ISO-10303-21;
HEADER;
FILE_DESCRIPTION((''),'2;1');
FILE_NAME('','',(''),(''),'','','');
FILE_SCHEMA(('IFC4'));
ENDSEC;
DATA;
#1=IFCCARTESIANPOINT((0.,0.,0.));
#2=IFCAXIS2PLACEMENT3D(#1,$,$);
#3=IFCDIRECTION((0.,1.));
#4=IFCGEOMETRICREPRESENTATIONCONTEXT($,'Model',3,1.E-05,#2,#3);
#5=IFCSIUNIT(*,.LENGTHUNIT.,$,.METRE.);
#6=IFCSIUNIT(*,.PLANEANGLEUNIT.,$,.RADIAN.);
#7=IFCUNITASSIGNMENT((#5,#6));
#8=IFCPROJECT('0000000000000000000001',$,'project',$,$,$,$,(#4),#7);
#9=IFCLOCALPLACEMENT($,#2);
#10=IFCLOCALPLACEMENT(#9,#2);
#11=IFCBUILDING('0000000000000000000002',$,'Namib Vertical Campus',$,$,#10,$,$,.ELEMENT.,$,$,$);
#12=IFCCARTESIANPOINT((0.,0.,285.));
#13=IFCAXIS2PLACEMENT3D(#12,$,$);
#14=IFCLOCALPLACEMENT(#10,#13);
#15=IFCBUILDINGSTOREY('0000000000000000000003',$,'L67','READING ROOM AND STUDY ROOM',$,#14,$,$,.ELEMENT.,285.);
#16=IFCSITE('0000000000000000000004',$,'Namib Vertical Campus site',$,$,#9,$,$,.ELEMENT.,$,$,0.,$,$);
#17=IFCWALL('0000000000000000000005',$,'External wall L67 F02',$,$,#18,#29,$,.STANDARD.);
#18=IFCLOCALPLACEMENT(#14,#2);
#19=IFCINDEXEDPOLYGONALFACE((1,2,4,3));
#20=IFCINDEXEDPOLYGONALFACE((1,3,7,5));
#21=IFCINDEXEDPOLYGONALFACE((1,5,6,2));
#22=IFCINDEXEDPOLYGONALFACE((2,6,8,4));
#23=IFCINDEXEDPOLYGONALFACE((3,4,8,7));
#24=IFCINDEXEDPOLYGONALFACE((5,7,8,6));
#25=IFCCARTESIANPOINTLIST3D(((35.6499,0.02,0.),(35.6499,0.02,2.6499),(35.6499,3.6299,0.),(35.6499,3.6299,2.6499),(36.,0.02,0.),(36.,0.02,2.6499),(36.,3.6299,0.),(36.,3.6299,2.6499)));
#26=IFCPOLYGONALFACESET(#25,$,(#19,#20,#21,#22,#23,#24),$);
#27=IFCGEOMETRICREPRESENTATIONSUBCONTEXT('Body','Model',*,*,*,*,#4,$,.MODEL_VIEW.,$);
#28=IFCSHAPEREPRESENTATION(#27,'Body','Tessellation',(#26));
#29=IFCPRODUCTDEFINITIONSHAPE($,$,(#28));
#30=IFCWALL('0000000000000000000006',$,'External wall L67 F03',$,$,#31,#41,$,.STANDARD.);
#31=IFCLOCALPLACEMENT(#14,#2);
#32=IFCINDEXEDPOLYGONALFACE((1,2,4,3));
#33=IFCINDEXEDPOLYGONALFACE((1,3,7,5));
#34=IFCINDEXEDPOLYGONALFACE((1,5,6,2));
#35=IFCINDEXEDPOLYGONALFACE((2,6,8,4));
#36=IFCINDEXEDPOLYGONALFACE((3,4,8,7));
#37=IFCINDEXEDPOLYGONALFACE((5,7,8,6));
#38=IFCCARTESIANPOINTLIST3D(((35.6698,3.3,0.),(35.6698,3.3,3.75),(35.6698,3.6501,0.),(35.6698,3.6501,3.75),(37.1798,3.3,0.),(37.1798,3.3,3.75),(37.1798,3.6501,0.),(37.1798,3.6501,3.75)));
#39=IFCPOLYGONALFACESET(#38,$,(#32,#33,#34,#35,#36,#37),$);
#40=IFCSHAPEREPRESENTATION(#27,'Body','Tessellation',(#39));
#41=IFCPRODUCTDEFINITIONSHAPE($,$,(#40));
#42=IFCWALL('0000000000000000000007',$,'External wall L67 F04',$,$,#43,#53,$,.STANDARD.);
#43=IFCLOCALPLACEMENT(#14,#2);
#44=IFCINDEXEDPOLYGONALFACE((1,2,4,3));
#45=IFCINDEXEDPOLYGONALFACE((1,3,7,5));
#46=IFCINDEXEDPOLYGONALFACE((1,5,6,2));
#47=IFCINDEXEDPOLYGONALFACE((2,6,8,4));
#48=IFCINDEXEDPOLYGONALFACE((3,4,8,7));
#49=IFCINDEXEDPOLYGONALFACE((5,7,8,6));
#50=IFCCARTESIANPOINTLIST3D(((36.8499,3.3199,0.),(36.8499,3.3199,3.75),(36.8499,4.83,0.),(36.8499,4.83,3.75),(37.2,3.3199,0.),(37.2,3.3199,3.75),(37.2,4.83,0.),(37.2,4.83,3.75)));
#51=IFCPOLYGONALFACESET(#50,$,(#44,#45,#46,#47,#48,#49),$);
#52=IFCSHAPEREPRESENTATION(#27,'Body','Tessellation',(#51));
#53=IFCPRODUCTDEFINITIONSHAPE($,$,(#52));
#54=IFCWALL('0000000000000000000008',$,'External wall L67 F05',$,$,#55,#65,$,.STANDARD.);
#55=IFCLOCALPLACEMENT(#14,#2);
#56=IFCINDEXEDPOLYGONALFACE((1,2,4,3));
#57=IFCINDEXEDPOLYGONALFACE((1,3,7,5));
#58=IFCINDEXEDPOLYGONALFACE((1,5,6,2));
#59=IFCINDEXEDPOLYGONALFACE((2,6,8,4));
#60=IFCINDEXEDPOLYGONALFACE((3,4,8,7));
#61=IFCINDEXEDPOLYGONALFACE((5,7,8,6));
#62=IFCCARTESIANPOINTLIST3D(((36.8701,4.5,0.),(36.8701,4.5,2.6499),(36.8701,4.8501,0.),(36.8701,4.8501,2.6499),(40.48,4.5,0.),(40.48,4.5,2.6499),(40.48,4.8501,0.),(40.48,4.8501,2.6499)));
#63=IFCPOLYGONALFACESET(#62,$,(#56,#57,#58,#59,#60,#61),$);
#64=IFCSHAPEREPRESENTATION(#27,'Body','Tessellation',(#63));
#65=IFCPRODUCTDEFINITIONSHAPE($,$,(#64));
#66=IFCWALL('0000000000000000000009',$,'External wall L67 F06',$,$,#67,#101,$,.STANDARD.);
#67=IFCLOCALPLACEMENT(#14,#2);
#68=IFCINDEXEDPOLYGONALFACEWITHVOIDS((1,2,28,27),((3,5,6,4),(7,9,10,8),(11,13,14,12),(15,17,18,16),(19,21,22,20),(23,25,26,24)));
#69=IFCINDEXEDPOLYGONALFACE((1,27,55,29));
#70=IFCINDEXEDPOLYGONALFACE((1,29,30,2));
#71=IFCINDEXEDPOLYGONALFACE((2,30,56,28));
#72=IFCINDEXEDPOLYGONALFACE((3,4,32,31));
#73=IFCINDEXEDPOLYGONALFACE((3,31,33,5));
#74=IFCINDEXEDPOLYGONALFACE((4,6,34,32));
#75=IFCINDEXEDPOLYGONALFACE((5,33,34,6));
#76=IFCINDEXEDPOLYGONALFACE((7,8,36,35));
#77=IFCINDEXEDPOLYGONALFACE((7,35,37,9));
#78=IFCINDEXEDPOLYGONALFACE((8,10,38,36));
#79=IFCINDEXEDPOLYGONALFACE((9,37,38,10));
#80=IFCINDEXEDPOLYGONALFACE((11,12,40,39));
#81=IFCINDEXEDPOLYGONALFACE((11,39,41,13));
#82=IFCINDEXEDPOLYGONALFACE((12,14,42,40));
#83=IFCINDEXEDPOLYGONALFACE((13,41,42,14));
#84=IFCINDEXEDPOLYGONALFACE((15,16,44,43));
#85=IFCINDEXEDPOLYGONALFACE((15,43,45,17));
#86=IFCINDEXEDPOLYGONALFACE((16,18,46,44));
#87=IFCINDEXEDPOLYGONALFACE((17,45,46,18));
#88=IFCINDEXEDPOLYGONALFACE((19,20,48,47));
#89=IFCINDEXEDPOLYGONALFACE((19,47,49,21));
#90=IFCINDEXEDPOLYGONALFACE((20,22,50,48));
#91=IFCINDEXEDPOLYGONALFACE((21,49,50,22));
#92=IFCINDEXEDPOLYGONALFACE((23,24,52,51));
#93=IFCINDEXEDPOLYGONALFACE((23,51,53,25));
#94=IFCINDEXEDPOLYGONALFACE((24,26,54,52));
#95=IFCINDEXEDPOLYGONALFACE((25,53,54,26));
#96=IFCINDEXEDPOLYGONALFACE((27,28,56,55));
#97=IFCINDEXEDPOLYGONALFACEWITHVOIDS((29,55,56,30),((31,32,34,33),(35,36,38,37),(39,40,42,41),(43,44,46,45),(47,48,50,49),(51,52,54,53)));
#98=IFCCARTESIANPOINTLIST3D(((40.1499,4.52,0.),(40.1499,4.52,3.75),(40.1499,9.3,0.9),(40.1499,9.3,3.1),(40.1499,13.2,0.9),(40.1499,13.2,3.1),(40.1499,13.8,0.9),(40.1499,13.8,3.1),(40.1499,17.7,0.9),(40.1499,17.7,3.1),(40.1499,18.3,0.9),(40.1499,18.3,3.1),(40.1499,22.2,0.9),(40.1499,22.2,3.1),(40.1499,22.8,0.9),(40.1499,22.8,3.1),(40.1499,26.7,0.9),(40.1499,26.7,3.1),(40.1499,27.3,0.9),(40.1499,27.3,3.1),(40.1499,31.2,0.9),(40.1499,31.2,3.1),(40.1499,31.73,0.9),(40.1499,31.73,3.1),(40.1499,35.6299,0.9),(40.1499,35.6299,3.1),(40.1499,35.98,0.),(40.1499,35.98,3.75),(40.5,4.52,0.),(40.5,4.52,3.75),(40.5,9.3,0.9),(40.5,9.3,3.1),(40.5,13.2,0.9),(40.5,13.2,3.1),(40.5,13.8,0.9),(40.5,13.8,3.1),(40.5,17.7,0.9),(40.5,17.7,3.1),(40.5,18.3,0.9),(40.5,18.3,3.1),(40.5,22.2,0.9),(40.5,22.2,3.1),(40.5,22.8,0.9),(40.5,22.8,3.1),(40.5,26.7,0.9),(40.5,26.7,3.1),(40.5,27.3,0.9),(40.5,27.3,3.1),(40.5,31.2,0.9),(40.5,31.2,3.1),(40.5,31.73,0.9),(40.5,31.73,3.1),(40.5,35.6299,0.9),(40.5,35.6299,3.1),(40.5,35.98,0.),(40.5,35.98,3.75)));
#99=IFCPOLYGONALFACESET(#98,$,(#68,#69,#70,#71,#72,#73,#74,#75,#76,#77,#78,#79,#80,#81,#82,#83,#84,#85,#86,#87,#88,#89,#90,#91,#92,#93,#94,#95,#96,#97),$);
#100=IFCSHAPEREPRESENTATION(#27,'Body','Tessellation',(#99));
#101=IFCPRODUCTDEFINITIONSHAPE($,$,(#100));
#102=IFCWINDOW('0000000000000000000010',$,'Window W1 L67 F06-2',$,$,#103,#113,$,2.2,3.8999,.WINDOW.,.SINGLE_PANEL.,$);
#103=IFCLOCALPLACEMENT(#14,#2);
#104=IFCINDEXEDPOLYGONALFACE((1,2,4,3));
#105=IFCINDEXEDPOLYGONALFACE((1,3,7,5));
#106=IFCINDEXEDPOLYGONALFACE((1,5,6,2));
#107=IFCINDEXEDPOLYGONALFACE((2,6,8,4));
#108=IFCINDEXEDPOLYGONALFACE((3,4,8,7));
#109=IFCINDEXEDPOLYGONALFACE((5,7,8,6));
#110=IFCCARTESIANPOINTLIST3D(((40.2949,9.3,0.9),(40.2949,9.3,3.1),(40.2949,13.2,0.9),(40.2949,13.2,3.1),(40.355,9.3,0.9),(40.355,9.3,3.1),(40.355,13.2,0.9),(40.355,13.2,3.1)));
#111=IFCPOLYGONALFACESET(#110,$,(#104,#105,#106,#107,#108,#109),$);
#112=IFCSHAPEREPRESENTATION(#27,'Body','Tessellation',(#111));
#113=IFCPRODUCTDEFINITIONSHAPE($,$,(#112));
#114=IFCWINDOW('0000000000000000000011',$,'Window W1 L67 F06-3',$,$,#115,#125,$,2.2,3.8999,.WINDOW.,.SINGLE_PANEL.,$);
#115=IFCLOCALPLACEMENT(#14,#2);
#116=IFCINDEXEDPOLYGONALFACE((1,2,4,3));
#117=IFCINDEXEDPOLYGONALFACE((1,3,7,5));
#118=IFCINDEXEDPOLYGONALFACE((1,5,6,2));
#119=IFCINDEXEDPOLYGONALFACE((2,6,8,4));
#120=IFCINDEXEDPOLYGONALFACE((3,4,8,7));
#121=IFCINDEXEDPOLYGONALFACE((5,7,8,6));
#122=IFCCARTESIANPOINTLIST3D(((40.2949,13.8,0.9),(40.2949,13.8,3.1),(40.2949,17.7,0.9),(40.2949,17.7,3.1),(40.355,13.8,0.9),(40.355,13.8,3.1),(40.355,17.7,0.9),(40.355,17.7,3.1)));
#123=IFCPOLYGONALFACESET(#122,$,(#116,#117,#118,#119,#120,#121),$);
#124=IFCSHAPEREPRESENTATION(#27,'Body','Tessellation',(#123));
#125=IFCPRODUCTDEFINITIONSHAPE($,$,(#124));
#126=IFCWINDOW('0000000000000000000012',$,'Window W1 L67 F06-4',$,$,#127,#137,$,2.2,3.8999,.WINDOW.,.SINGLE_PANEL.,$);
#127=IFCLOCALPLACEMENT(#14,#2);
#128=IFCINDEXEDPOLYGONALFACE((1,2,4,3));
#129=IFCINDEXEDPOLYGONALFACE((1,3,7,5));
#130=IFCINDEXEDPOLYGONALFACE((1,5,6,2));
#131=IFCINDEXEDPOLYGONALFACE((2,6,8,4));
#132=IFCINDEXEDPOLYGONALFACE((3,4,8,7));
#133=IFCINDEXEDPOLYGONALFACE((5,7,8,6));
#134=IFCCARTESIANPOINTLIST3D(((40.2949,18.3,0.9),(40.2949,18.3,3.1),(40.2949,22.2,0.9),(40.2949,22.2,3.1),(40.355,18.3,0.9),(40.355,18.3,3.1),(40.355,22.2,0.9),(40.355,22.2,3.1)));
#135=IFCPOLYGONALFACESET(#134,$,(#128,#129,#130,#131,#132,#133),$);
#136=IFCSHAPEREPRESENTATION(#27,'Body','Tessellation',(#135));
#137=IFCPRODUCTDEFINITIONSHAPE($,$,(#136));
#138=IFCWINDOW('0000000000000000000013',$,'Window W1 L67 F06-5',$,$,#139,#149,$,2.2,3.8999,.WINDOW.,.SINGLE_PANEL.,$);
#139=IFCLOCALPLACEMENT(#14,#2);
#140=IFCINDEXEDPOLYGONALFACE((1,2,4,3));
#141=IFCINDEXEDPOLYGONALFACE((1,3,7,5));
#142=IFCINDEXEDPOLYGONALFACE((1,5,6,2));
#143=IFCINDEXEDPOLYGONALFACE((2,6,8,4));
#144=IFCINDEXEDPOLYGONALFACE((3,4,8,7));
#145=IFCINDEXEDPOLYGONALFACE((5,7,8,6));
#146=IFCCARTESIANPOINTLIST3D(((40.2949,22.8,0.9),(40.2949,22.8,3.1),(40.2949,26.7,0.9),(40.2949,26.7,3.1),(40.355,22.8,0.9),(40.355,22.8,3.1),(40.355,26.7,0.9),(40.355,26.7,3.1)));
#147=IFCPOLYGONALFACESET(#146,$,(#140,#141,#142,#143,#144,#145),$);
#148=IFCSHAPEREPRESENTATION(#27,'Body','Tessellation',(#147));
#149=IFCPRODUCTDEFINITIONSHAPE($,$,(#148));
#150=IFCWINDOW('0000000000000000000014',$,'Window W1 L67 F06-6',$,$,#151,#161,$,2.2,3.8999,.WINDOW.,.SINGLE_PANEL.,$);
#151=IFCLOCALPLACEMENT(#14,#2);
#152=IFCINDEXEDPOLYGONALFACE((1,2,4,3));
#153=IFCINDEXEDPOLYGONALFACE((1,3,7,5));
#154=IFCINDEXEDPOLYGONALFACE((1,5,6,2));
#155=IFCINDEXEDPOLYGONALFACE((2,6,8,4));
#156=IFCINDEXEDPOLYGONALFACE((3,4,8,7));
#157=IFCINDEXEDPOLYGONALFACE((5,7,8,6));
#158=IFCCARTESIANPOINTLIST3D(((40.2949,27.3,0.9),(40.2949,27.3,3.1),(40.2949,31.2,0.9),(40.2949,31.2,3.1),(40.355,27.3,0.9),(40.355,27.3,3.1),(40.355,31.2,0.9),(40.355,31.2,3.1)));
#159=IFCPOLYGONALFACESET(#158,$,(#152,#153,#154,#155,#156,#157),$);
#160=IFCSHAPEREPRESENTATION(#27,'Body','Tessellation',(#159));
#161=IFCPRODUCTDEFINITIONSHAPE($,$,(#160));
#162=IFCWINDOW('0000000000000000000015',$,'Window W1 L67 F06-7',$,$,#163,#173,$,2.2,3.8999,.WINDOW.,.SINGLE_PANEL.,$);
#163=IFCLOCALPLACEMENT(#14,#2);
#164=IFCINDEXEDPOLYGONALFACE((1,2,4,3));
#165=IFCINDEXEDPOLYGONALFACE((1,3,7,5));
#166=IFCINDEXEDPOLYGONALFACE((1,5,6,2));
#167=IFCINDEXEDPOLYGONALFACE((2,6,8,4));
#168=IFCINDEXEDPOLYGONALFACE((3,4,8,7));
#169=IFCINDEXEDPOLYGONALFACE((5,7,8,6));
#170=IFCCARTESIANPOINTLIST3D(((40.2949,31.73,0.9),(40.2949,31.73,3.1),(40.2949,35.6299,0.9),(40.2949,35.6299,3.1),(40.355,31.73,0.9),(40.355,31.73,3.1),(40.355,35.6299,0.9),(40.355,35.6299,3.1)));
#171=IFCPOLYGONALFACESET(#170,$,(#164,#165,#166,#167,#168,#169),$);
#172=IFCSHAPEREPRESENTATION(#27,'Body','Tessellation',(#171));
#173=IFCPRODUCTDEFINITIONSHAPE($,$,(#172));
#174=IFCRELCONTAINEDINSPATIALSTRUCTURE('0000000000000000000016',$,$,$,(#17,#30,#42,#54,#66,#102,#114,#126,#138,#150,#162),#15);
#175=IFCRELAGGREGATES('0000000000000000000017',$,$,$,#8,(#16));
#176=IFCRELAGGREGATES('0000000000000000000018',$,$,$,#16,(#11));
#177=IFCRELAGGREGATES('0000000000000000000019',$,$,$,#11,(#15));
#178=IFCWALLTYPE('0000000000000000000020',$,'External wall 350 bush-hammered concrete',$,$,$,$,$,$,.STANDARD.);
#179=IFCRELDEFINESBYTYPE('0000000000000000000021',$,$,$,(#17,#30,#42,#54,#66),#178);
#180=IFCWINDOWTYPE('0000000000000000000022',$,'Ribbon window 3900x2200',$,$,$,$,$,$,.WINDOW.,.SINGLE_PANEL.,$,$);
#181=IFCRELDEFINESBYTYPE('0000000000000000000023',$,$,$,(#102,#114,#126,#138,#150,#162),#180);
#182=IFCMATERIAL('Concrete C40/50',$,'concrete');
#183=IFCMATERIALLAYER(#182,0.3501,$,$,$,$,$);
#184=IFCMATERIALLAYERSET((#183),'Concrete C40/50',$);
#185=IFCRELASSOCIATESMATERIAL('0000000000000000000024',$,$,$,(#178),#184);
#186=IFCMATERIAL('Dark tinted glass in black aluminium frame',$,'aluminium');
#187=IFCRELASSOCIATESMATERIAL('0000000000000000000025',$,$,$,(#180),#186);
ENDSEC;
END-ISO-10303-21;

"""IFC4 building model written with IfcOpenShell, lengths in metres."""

from ifc_helpers import new_model, si_unit, direction, frame, frame_2d, origin, place, context, subcontext, project, spatial, rectangle, extrude, material, layer, layer_set, type_object, element, fill, save


model = new_model("IFC4")

# Units and contexts
model_context = context("Model", 3, precision=1e-05, world=origin(), true_north=direction((0.0, 1.0)))
body_context = subcontext(model_context, "Body", "Model", "MODEL_VIEW")
ifc_project = project(units=[si_unit("LENGTHUNIT", "METRE"), si_unit("PLANEANGLEUNIT", "RADIAN")], contexts=[model_context])

# Site, building, storey
site_placement = place(None, origin())
site = spatial("IfcSite", under=ifc_project, at=site_placement, Name="Namib Vertical Campus site", CompositionType="ELEMENT", RefElevation=0.0)
building_placement = place(site_placement, origin())
building = spatial("IfcBuilding", under=site, at=building_placement, Name="Namib Vertical Campus", CompositionType="ELEMENT")
storey_placement = place(building_placement, frame((0.0, 0.0, 285.0)))
storey = spatial("IfcBuildingStorey", under=building, at=storey_placement, Name="L67", Description="READING ROOM AND STUDY ROOM", CompositionType="ELEMENT", Elevation=285.0)

# Walls
ifc_material_1 = material(Name="Concrete C40/50", Category="concrete")
ifc_layer_1 = layer(ifc_material_1, 0.3501)
ifc_layer_set_1 = layer_set([ifc_layer_1], Name="Concrete C40/50")
wall_type_1 = type_object("IfcWallType", Name="External wall 350 bush-hammered concrete", PredefinedType="STANDARD", material=ifc_layer_set_1)
wall_1_placement = place(storey_placement, frame((35.825, 0.02, 0.0), z_axis=(0.0, 0.0, 1.0), x_axis=(0.0, 1.0, 0.0)))
element("IfcWall", 1, at=wall_1_placement, inside=storey, type_object=wall_type_1, Name="External wall L67 F02", PredefinedType="STANDARD", context=body_context, shape_type="SweptSolid", body=[
    extrude(rectangle(XDim=3.6099, YDim=0.3501, at=frame_2d((1.8049, 0.0))), origin(), (0.0, 0.0, 1.0), 2.6499),
])
for number, where, z_axis, x_axis, name in (
    (2, (35.6699, 3.4751, 0.0), (0.0, 0.0, 1.0), (1.0, 0.0, 0.0), "External wall L67 F03"),
    (3, (37.0249, 3.3201, 0.0), (0.0, 0.0, 1.0), (0.0, 1.0, 0.0), "External wall L67 F04"),
):
    element("IfcWall", number, at=place(storey_placement, frame(where, z_axis=z_axis, x_axis=x_axis)), inside=storey, type_object=wall_type_1, Name=name, PredefinedType="STANDARD", context=body_context, shape_type="SweptSolid", body=[
        extrude(rectangle(XDim=1.51, YDim=0.3501, at=frame_2d((0.7549, 0.0))), origin(), (0.0, 0.0, 1.0), 3.75),
    ])
wall_2_placement = place(storey_placement, frame((36.8701, 4.675, 0.0), z_axis=(0.0, 0.0, 1.0), x_axis=(1.0, 0.0, 0.0)))
element("IfcWall", 4, at=wall_2_placement, inside=storey, type_object=wall_type_1, Name="External wall L67 F05", PredefinedType="STANDARD", context=body_context, shape_type="SweptSolid", body=[
    extrude(rectangle(XDim=3.6099, YDim=0.3501, at=frame_2d((1.8049, 0.0))), origin(), (0.0, 0.0, 1.0), 2.6499),
])

# Wall, openings, windows
wall_3_placement = place(storey_placement, frame((40.325, 4.52, 0.0), z_axis=(0.0, 0.0, 1.0), x_axis=(0.0, 1.0, 0.0)))
wall_3 = element("IfcWall", 5, at=wall_3_placement, inside=storey, type_object=wall_type_1, Name="External wall L67 F06", PredefinedType="STANDARD", context=body_context, shape_type="SweptSolid", body=[
    extrude(rectangle(XDim=31.46, YDim=0.3501, at=frame_2d((15.73, 0.0))), origin(), (0.0, 0.0, 1.0), 3.75),
])
opening_1_placement = place(wall_3_placement, frame((4.78, 0.0, 0.8999)))
opening_1 = element("IfcOpeningElement", 6, at=opening_1_placement, cuts=wall_3, PredefinedType="OPENING", context=body_context, shape_type="SweptSolid", body=[
    extrude(rectangle(XDim=3.8999, YDim=2.2, at=frame_2d((1.95, 1.1001))), frame((0.0, 0.1851, 0.0), z_axis=(0.0, -1.0, 0.0), x_axis=(1.0, 0.0, 0.0)), (0.0, 0.0, 1.0), 0.3701),
])
opening_2_placement = place(wall_3_placement, frame((9.28, 0.0, 0.8999)))
opening_2 = element("IfcOpeningElement", 7, at=opening_2_placement, cuts=wall_3, PredefinedType="OPENING", context=body_context, shape_type="SweptSolid", body=[
    extrude(rectangle(XDim=3.8999, YDim=2.2, at=frame_2d((1.95, 1.1001))), frame((0.0, 0.1851, 0.0), z_axis=(0.0, -1.0, 0.0), x_axis=(1.0, 0.0, 0.0)), (0.0, 0.0, 1.0), 0.3701),
])
opening_3_placement = place(wall_3_placement, frame((13.78, 0.0, 0.8999)))
opening_3 = element("IfcOpeningElement", 8, at=opening_3_placement, cuts=wall_3, PredefinedType="OPENING", context=body_context, shape_type="SweptSolid", body=[
    extrude(rectangle(XDim=3.8999, YDim=2.2, at=frame_2d((1.95, 1.1001))), frame((0.0, 0.1851, 0.0), z_axis=(0.0, -1.0, 0.0), x_axis=(1.0, 0.0, 0.0)), (0.0, 0.0, 1.0), 0.3701),
])
opening_4_placement = place(wall_3_placement, frame((18.28, 0.0, 0.8999)))
opening_4 = element("IfcOpeningElement", 9, at=opening_4_placement, cuts=wall_3, PredefinedType="OPENING", context=body_context, shape_type="SweptSolid", body=[
    extrude(rectangle(XDim=3.8999, YDim=2.2, at=frame_2d((1.95, 1.1001))), frame((0.0, 0.1851, 0.0), z_axis=(0.0, -1.0, 0.0), x_axis=(1.0, 0.0, 0.0)), (0.0, 0.0, 1.0), 0.3701),
])
opening_5_placement = place(wall_3_placement, frame((22.78, 0.0, 0.8999)))
opening_5 = element("IfcOpeningElement", 10, at=opening_5_placement, cuts=wall_3, PredefinedType="OPENING", context=body_context, shape_type="SweptSolid", body=[
    extrude(rectangle(XDim=3.8999, YDim=2.2, at=frame_2d((1.95, 1.1001))), frame((0.0, 0.1851, 0.0), z_axis=(0.0, -1.0, 0.0), x_axis=(1.0, 0.0, 0.0)), (0.0, 0.0, 1.0), 0.3701),
])
opening_6_placement = place(wall_3_placement, frame((27.21, 0.0, 0.8999)))
opening_6 = element("IfcOpeningElement", 11, at=opening_6_placement, cuts=wall_3, PredefinedType="OPENING", context=body_context, shape_type="SweptSolid", body=[
    extrude(rectangle(XDim=3.8999, YDim=2.2, at=frame_2d((1.95, 1.1001))), frame((0.0, 0.1851, 0.0), z_axis=(0.0, -1.0, 0.0), x_axis=(1.0, 0.0, 0.0)), (0.0, 0.0, 1.0), 0.3701),
])
ifc_material_2 = material(Name="Dark tinted glass in black aluminium frame", Category="aluminium")
window_type = type_object("IfcWindowType", Name="Ribbon window 3900x2200", PartitioningType="SINGLE_PANEL", PredefinedType="WINDOW", material=ifc_material_2)
window_1_placement = place(opening_1_placement, origin())
window_1 = element("IfcWindow", 12, at=window_1_placement, inside=storey, type_object=window_type, Name="Window W1 L67 F06-2", OverallHeight=2.2, OverallWidth=3.8999, PartitioningType="SINGLE_PANEL", PredefinedType="WINDOW", context=body_context, shape_type="SweptSolid", body=[
    extrude(rectangle(XDim=3.8999, YDim=2.2, at=frame_2d((1.95, 1.1001))), frame((0.0, 0.03, 0.0), z_axis=(0.0, -1.0, 0.0), x_axis=(1.0, 0.0, 0.0)), (0.0, 0.0, 1.0), 0.0601),
])
fill(opening_1, window_1)
window_2_placement = place(opening_2_placement, origin())
window_2 = element("IfcWindow", 13, at=window_2_placement, inside=storey, type_object=window_type, Name="Window W1 L67 F06-3", OverallHeight=2.2, OverallWidth=3.8999, PartitioningType="SINGLE_PANEL", PredefinedType="WINDOW", context=body_context, shape_type="SweptSolid", body=[
    extrude(rectangle(XDim=3.8999, YDim=2.2, at=frame_2d((1.95, 1.1001))), frame((0.0, 0.03, 0.0), z_axis=(0.0, -1.0, 0.0), x_axis=(1.0, 0.0, 0.0)), (0.0, 0.0, 1.0), 0.0601),
])
fill(opening_2, window_2)
window_3_placement = place(opening_3_placement, origin())
window_3 = element("IfcWindow", 14, at=window_3_placement, inside=storey, type_object=window_type, Name="Window W1 L67 F06-4", OverallHeight=2.2, OverallWidth=3.8999, PartitioningType="SINGLE_PANEL", PredefinedType="WINDOW", context=body_context, shape_type="SweptSolid", body=[
    extrude(rectangle(XDim=3.8999, YDim=2.2, at=frame_2d((1.95, 1.1001))), frame((0.0, 0.03, 0.0), z_axis=(0.0, -1.0, 0.0), x_axis=(1.0, 0.0, 0.0)), (0.0, 0.0, 1.0), 0.0601),
])
fill(opening_3, window_3)
window_4_placement = place(opening_4_placement, origin())
window_4 = element("IfcWindow", 15, at=window_4_placement, inside=storey, type_object=window_type, Name="Window W1 L67 F06-5", OverallHeight=2.2, OverallWidth=3.8999, PartitioningType="SINGLE_PANEL", PredefinedType="WINDOW", context=body_context, shape_type="SweptSolid", body=[
    extrude(rectangle(XDim=3.8999, YDim=2.2, at=frame_2d((1.95, 1.1001))), frame((0.0, 0.03, 0.0), z_axis=(0.0, -1.0, 0.0), x_axis=(1.0, 0.0, 0.0)), (0.0, 0.0, 1.0), 0.0601),
])
fill(opening_4, window_4)
window_5_placement = place(opening_5_placement, origin())
window_5 = element("IfcWindow", 16, at=window_5_placement, inside=storey, type_object=window_type, Name="Window W1 L67 F06-6", OverallHeight=2.2, OverallWidth=3.8999, PartitioningType="SINGLE_PANEL", PredefinedType="WINDOW", context=body_context, shape_type="SweptSolid", body=[
    extrude(rectangle(XDim=3.8999, YDim=2.2, at=frame_2d((1.95, 1.1001))), frame((0.0, 0.03, 0.0), z_axis=(0.0, -1.0, 0.0), x_axis=(1.0, 0.0, 0.0)), (0.0, 0.0, 1.0), 0.0601),
])
fill(opening_5, window_5)
window_6_placement = place(opening_6_placement, origin())
window_6 = element("IfcWindow", 17, at=window_6_placement, inside=storey, type_object=window_type, Name="Window W1 L67 F06-7", OverallHeight=2.2, OverallWidth=3.8999, PartitioningType="SINGLE_PANEL", PredefinedType="WINDOW", context=body_context, shape_type="SweptSolid", body=[
    extrude(rectangle(XDim=3.8999, YDim=2.2, at=frame_2d((1.95, 1.1001))), frame((0.0, 0.03, 0.0), z_axis=(0.0, -1.0, 0.0), x_axis=(1.0, 0.0, 0.0)), (0.0, 0.0, 1.0), 0.0601),
])
fill(opening_6, window_6)

save(model, "model.ifc")
